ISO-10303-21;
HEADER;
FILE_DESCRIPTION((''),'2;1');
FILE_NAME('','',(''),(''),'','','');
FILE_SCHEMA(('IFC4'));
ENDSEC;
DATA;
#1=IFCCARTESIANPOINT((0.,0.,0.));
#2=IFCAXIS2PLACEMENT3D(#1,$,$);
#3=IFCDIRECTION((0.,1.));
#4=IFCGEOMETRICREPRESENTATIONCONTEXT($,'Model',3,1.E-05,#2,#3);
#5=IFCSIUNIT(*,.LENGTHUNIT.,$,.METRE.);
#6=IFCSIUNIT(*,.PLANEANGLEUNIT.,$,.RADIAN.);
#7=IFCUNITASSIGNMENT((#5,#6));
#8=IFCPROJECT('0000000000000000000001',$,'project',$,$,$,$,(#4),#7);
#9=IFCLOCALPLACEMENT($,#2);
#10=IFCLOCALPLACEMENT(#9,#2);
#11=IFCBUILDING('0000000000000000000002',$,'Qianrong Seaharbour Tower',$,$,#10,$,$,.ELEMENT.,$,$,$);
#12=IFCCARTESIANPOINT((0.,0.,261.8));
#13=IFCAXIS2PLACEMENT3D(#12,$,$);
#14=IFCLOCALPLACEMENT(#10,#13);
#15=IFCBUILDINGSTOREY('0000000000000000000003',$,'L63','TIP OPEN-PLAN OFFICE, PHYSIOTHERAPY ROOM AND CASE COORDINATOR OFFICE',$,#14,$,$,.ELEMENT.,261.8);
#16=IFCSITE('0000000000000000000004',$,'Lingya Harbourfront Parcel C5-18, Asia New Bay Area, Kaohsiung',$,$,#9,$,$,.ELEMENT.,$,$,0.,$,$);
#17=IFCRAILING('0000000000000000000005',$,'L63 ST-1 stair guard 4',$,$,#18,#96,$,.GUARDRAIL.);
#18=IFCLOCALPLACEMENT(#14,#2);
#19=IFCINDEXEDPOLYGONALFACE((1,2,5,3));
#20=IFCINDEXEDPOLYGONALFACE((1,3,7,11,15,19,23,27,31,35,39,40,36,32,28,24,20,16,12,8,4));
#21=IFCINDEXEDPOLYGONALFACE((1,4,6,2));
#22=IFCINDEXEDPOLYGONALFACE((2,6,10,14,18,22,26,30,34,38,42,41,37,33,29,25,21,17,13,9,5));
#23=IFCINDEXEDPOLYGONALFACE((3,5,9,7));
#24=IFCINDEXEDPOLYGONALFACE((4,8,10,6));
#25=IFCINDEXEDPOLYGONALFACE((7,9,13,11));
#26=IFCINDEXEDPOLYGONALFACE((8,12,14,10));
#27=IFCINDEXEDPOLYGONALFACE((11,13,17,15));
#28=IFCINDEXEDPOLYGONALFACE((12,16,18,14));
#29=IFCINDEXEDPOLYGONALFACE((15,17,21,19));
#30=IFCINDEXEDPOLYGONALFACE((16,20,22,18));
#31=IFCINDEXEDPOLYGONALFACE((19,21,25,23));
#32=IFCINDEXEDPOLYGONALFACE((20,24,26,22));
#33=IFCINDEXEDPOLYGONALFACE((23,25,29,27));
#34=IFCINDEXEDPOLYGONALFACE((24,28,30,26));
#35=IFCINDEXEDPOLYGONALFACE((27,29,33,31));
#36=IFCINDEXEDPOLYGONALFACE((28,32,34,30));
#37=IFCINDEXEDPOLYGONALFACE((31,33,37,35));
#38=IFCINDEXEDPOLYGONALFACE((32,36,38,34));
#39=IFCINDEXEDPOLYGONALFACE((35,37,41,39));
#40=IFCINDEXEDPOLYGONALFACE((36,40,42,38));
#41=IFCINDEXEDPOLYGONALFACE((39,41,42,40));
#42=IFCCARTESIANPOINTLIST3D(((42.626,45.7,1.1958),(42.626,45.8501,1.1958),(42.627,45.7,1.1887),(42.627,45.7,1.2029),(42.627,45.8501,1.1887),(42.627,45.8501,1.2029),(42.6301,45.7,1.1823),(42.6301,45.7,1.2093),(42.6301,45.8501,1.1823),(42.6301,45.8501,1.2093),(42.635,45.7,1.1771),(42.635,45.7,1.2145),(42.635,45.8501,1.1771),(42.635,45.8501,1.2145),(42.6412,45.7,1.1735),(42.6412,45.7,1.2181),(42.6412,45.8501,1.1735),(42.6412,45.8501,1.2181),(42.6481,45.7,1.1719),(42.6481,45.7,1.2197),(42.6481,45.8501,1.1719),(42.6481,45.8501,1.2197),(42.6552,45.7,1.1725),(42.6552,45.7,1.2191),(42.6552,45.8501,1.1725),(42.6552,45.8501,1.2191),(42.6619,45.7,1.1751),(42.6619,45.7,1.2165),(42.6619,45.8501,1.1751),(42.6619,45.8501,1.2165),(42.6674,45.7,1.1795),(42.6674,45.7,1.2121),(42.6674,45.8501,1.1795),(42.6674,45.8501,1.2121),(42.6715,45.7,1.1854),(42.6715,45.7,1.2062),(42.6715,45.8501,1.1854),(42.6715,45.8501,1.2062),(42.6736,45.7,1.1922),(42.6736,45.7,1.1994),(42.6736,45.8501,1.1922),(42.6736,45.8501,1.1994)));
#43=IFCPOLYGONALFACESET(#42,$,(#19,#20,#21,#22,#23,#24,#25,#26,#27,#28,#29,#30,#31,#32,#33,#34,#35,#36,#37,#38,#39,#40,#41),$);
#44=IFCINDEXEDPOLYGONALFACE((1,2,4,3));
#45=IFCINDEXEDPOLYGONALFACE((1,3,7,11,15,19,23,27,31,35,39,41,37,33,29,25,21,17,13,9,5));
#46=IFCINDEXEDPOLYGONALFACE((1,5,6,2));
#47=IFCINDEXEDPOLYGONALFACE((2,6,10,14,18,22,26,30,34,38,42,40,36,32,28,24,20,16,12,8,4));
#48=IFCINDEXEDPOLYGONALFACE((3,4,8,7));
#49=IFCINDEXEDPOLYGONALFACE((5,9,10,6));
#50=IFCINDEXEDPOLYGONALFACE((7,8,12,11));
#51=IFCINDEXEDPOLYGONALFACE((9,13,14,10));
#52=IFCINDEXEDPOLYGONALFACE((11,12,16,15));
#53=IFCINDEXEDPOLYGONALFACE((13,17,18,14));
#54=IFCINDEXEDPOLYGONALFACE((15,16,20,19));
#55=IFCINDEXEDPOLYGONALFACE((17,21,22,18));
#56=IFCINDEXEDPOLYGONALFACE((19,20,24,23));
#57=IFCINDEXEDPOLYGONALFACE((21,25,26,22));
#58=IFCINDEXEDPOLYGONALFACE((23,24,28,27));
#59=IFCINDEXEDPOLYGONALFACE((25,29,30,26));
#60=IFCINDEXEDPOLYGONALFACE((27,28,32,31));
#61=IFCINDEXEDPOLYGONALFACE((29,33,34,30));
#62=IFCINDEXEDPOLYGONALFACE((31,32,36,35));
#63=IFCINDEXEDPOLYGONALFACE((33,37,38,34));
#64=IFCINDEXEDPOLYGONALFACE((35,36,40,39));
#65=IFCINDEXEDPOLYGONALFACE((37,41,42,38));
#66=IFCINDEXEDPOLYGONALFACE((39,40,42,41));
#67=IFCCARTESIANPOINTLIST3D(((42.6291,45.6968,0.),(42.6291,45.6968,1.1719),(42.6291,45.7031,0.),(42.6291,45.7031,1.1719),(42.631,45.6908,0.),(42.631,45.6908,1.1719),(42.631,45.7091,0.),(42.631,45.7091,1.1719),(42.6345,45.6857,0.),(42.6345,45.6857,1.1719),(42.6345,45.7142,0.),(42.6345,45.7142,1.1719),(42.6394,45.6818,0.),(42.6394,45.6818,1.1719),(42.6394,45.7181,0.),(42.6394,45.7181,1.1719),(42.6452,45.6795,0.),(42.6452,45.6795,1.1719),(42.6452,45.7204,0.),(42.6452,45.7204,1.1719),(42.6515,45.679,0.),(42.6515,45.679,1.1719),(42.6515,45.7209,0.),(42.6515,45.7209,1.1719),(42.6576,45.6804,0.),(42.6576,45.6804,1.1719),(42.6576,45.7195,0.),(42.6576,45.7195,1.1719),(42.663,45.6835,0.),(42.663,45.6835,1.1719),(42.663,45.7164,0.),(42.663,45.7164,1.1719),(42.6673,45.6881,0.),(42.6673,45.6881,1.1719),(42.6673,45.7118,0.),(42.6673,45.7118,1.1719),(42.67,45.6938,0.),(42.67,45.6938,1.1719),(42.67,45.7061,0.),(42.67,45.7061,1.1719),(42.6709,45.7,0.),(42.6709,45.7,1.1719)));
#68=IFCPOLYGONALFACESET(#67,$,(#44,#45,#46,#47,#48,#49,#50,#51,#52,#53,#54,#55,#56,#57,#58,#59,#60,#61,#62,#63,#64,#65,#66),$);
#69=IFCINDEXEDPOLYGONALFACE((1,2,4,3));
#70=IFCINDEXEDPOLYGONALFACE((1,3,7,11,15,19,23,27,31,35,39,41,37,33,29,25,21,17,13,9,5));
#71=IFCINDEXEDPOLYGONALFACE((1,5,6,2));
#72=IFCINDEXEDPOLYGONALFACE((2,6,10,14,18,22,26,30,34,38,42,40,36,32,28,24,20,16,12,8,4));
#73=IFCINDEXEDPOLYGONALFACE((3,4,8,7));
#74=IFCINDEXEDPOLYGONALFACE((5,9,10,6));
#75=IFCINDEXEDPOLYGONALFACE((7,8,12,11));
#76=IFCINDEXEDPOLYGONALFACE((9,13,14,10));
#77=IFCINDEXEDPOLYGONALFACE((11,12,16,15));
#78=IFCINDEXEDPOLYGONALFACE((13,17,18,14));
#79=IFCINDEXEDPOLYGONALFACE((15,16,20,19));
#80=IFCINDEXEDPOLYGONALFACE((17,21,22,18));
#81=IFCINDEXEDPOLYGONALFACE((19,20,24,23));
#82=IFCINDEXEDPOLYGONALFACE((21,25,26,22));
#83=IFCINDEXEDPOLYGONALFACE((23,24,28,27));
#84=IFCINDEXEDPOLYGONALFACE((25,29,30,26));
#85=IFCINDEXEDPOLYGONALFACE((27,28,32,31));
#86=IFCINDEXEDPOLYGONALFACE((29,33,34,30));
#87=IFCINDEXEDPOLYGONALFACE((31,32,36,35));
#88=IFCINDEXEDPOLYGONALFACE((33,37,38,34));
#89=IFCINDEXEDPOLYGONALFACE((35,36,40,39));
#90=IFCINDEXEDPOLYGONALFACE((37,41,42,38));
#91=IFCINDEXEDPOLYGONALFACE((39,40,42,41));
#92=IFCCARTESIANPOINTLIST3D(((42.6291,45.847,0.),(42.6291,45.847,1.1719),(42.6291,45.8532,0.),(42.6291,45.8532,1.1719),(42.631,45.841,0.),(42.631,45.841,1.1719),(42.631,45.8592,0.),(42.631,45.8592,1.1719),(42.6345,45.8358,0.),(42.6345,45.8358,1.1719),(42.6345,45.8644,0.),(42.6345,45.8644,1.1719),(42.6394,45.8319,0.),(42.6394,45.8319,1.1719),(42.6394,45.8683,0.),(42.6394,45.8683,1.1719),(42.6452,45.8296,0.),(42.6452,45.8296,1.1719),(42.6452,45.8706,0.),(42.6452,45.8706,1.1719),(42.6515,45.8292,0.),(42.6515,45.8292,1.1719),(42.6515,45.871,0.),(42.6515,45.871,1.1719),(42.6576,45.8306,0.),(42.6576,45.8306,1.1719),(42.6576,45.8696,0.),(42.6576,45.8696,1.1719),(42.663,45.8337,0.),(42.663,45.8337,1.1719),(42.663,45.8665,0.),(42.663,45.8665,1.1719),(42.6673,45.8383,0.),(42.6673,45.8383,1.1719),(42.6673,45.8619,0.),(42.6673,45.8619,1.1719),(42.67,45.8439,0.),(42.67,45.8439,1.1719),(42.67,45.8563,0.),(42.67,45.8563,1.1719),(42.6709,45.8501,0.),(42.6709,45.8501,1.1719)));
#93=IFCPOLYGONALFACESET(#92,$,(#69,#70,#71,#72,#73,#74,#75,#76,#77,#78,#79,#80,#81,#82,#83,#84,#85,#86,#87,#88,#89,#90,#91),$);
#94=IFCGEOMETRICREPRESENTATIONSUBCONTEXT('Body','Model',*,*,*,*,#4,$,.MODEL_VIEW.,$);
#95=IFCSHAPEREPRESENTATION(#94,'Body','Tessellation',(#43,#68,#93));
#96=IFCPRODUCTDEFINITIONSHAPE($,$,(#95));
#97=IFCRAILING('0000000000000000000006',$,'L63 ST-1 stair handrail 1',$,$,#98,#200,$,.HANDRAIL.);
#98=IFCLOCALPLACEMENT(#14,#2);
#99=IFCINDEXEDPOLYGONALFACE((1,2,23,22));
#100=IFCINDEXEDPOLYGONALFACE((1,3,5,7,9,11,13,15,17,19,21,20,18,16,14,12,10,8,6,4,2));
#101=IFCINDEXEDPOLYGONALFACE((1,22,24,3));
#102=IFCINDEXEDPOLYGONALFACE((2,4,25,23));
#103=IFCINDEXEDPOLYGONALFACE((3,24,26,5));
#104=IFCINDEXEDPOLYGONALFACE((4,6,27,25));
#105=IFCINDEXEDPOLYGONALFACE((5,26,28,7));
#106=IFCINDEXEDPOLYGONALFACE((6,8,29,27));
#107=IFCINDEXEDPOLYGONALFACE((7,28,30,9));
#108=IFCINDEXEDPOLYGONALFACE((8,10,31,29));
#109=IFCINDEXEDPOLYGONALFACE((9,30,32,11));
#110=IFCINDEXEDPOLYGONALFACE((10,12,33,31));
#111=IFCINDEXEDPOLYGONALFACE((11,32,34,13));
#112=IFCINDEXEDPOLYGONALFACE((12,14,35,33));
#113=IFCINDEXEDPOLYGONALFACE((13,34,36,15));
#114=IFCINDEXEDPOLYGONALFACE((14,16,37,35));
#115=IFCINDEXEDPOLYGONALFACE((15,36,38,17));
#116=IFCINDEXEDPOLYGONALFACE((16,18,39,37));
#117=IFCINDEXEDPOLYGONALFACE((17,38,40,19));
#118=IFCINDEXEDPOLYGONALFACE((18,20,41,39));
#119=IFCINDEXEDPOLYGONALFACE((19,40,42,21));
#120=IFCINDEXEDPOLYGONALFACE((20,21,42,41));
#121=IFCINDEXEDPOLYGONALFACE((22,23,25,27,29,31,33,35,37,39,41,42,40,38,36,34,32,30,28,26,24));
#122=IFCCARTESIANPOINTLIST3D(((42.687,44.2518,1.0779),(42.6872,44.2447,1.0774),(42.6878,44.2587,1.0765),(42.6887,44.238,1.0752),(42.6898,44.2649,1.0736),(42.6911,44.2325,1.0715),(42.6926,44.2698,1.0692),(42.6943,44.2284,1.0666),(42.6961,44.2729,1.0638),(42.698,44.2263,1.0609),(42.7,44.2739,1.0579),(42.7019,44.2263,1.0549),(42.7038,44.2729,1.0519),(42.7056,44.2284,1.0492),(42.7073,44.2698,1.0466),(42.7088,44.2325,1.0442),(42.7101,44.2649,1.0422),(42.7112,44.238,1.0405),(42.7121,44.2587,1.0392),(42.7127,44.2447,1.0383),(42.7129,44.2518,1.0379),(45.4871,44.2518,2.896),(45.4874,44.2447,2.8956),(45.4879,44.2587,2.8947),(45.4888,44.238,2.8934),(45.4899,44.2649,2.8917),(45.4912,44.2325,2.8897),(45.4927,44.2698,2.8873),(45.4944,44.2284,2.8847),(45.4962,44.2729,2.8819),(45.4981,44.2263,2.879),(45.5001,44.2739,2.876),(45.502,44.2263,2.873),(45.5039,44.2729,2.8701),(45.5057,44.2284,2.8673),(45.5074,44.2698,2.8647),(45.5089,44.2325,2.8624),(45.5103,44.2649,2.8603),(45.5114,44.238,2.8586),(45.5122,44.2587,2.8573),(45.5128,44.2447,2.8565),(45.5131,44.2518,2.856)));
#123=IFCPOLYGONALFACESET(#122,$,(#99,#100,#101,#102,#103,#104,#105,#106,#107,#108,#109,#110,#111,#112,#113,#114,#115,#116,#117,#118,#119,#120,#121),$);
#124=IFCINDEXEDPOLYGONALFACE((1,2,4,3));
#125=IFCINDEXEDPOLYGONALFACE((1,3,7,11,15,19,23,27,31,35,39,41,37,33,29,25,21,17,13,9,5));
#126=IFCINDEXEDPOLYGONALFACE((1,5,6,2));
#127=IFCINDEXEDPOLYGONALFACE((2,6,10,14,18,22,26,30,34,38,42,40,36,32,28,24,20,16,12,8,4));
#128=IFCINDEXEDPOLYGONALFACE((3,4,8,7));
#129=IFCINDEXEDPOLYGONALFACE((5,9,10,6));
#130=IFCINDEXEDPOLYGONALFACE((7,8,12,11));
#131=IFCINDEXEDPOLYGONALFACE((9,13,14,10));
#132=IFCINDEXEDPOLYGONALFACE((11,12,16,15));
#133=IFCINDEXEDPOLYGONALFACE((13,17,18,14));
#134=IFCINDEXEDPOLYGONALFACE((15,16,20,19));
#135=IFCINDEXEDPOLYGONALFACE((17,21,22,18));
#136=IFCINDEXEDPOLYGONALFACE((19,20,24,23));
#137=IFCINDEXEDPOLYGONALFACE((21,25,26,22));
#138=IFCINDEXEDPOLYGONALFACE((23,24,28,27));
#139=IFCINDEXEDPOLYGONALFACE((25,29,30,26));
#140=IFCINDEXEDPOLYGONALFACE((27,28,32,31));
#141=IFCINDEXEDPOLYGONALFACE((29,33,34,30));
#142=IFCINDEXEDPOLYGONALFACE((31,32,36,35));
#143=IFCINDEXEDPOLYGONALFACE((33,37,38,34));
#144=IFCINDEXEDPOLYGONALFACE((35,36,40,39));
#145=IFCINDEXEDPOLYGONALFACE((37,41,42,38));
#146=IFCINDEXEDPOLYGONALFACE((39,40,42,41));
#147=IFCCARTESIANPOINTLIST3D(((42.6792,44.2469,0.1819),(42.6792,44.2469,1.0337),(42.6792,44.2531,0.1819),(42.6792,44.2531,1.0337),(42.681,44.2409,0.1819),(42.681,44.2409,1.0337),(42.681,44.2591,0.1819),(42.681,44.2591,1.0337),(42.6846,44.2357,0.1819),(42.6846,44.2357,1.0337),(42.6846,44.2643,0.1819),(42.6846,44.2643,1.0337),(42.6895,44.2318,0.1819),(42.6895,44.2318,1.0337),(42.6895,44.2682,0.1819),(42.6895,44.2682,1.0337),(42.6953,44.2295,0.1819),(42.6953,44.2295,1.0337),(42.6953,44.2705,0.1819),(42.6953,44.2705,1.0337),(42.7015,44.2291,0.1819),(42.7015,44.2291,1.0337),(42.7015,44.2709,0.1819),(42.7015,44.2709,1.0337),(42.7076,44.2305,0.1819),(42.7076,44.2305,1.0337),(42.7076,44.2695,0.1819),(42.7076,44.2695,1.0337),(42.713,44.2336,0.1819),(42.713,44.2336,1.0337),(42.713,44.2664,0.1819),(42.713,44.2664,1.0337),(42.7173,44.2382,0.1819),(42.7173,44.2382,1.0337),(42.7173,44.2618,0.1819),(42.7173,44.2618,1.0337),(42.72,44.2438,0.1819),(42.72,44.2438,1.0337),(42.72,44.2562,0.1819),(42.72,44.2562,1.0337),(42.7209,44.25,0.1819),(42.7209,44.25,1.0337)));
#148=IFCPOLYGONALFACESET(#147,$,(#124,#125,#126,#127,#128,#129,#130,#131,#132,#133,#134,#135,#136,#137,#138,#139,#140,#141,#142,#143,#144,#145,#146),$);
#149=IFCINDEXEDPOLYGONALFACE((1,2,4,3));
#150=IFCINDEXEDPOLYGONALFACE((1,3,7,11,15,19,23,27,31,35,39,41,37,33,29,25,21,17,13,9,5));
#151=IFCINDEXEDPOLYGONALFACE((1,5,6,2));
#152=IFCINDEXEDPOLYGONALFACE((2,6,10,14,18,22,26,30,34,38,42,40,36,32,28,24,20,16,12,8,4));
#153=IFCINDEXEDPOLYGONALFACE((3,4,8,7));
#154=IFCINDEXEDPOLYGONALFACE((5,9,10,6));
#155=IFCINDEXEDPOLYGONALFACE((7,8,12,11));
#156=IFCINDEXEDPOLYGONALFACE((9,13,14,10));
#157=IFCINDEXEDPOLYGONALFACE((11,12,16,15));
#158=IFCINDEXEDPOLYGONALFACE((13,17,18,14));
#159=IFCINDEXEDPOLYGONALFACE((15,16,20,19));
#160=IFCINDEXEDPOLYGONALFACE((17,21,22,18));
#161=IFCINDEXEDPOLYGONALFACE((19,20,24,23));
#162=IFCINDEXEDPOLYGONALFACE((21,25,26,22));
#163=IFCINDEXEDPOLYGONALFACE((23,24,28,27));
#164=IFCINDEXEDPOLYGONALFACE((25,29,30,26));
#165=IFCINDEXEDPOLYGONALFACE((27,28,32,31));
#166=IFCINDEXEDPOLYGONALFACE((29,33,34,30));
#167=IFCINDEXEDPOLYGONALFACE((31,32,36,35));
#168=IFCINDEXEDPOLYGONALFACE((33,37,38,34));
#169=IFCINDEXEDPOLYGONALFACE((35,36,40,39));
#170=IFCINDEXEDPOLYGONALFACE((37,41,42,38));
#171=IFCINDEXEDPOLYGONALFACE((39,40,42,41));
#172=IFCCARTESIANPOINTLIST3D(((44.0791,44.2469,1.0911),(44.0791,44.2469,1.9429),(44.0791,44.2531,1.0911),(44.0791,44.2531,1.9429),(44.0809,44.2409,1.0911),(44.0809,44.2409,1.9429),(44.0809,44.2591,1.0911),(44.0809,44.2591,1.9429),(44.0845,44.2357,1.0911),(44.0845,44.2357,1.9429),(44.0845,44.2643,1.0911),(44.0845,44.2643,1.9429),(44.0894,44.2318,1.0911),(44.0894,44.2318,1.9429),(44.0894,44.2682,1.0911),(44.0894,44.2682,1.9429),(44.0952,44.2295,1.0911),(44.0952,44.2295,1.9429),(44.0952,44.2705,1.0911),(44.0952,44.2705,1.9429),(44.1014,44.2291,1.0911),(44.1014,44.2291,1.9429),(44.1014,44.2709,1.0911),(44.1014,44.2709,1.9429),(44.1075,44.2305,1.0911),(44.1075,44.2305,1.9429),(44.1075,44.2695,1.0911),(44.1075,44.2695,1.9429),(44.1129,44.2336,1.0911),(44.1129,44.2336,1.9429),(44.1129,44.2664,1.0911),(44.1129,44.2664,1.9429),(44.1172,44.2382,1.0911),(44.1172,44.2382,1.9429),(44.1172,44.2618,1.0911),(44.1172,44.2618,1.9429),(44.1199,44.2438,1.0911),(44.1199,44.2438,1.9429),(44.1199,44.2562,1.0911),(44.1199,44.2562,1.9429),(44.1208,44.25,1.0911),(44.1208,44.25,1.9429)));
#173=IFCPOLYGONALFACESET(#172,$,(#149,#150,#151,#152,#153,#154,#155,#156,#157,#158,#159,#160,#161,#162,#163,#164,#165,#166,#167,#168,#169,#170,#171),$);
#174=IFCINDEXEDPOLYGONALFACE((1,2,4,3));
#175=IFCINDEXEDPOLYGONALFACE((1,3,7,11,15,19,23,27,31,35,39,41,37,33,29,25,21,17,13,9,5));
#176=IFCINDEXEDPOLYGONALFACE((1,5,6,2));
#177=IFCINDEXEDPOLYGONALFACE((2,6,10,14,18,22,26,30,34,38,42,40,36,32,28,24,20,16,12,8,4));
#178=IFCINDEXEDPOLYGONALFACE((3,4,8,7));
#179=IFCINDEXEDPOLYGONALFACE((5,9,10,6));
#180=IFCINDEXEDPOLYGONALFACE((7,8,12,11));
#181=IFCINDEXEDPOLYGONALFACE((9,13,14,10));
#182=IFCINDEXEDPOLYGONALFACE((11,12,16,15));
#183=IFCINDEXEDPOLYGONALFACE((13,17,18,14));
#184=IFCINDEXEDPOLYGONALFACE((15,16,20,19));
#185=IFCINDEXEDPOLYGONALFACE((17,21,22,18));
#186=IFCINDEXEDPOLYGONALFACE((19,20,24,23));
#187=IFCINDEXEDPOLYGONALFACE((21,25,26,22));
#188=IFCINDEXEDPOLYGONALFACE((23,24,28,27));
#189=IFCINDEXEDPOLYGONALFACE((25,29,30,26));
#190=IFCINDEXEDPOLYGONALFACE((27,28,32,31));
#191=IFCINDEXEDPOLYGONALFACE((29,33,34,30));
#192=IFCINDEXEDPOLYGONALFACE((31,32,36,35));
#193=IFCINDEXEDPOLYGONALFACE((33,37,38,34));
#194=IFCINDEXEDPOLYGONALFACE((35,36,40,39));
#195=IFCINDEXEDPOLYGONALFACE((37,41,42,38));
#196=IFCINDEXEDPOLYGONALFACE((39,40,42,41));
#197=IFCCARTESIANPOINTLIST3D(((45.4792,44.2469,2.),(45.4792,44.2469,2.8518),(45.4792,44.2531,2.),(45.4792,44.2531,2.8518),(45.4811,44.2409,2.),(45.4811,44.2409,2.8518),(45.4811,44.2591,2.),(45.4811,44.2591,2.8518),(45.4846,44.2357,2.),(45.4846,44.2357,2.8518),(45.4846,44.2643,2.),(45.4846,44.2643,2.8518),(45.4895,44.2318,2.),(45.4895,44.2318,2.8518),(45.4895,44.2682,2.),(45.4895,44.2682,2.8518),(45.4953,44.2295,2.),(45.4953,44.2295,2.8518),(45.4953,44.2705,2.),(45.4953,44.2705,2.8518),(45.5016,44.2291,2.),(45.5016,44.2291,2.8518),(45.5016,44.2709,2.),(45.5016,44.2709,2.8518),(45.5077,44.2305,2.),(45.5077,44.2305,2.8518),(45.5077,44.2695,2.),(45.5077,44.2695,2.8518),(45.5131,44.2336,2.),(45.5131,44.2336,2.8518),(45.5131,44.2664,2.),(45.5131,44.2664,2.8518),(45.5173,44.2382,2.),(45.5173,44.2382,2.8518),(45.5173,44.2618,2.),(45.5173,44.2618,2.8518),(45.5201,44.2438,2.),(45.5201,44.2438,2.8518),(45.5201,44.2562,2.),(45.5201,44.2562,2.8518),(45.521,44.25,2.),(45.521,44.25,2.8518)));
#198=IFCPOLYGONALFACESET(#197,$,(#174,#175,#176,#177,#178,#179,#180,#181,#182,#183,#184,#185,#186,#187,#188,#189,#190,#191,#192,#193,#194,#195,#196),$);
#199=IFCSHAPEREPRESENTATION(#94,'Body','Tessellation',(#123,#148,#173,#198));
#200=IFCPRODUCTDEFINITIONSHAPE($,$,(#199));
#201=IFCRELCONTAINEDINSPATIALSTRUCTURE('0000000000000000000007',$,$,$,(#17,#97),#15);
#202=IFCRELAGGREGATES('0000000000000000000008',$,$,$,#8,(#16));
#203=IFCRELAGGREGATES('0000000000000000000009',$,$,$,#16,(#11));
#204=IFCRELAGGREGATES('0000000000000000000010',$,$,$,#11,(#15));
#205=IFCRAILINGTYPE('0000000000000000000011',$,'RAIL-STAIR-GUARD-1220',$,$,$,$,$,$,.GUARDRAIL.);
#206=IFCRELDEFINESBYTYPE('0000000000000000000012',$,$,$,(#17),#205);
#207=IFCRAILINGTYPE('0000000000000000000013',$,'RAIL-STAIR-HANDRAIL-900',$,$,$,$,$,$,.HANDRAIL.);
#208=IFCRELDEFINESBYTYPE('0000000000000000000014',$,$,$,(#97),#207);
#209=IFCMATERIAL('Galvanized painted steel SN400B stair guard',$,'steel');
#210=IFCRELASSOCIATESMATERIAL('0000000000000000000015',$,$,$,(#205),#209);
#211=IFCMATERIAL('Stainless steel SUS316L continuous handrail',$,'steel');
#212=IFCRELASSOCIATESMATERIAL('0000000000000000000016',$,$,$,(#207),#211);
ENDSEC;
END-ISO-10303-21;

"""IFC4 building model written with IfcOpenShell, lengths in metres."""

from ifc_helpers import new_model, si_unit, direction, frame, origin, origin_2d, place, context, subcontext, project, spatial, circle, extrude, material, type_object, element, save


model = new_model("IFC4")

# Units and contexts
model_context = context("Model", 3, precision=1e-05, world=origin(), true_north=direction((0.0, 1.0)))
body_context = subcontext(model_context, "Body", "Model", "MODEL_VIEW")
ifc_project = project(units=[si_unit("LENGTHUNIT", "METRE"), si_unit("PLANEANGLEUNIT", "RADIAN")], contexts=[model_context])

# Site, building, storey
site_placement = place(None, origin())
site = spatial("IfcSite", under=ifc_project, at=site_placement, Name="Lingya Harbourfront Parcel C5-18, Asia New Bay Area, Kaohsiung", CompositionType="ELEMENT", RefElevation=0.0)
building_placement = place(site_placement, origin())
building = spatial("IfcBuilding", under=site, at=building_placement, Name="Qianrong Seaharbour Tower", CompositionType="ELEMENT")
storey_placement = place(building_placement, frame((0.0, 0.0, 261.8)))
storey = spatial("IfcBuildingStorey", under=building, at=storey_placement, Name="L63", Description="TIP OPEN-PLAN OFFICE, PHYSIOTHERAPY ROOM AND CASE COORDINATOR OFFICE", CompositionType="ELEMENT", Elevation=261.8)

# Railings
ifc_material_1 = material(Name="Galvanized painted steel SN400B stair guard", Category="steel")
railing_type_1 = type_object("IfcRailingType", Name="RAIL-STAIR-GUARD-1220", PredefinedType="GUARDRAIL", material=ifc_material_1)
railing_1_placement = place(storey_placement, frame((42.6499, 45.7, 0.0)))
element("IfcRailing", 1, at=railing_1_placement, inside=storey, type_object=railing_type_1, Name="L63 ST-1 stair guard 4", PredefinedType="GUARDRAIL", context=body_context, shape_type="SweptSolid", body=[
    extrude(circle(Radius=0.0239, at=origin_2d()), frame((0.0, 0.0, 1.1958), z_axis=(0.0, 1.0, 0.0), x_axis=(-1.0, 0.0, 0.0)), (0.0, 0.0, 1.0), 0.1501),
    extrude(circle(Radius=0.021, at=origin_2d()), origin(), (0.0, 0.0, 1.0), 1.1719),
    extrude(circle(Radius=0.021, at=origin_2d()), frame((0.0, 0.1501, 0.0)), (0.0, 0.0, 1.0), 1.1719),
])
ifc_material_2 = material(Name="Stainless steel SUS316L continuous handrail", Category="steel")
railing_type_2 = type_object("IfcRailingType", Name="RAIL-STAIR-HANDRAIL-900", PredefinedType="HANDRAIL", material=ifc_material_2)
railing_2_placement = place(storey_placement, frame((42.7, 44.25, 0.1819)))
element("IfcRailing", 2, at=railing_2_placement, inside=storey, type_object=railing_type_2, Name="L63 ST-1 stair handrail 1", PredefinedType="HANDRAIL", context=body_context, shape_type="SweptSolid", body=[
    extrude(circle(Radius=0.0239, at=origin_2d()), frame((0.0, 0.0, 0.876), z_axis=(0.838706, 0.0, 0.544585), x_axis=(0.0, 1.0, 0.0)), (0.0, 0.0, 1.0), 3.3386),
    extrude(circle(Radius=0.021, at=origin_2d()), origin(), (0.0, 0.0, 1.0), 0.8518),
    extrude(circle(Radius=0.021, at=origin_2d()), frame((1.3999, 0.0, 0.9092)), (0.0, 0.0, 1.0), 0.8518),
    extrude(circle(Radius=0.021, at=origin_2d()), frame((2.8, 0.0, 1.8181)), (0.0, 0.0, 1.0), 0.8518),
])

save(model, "model.ifc")
